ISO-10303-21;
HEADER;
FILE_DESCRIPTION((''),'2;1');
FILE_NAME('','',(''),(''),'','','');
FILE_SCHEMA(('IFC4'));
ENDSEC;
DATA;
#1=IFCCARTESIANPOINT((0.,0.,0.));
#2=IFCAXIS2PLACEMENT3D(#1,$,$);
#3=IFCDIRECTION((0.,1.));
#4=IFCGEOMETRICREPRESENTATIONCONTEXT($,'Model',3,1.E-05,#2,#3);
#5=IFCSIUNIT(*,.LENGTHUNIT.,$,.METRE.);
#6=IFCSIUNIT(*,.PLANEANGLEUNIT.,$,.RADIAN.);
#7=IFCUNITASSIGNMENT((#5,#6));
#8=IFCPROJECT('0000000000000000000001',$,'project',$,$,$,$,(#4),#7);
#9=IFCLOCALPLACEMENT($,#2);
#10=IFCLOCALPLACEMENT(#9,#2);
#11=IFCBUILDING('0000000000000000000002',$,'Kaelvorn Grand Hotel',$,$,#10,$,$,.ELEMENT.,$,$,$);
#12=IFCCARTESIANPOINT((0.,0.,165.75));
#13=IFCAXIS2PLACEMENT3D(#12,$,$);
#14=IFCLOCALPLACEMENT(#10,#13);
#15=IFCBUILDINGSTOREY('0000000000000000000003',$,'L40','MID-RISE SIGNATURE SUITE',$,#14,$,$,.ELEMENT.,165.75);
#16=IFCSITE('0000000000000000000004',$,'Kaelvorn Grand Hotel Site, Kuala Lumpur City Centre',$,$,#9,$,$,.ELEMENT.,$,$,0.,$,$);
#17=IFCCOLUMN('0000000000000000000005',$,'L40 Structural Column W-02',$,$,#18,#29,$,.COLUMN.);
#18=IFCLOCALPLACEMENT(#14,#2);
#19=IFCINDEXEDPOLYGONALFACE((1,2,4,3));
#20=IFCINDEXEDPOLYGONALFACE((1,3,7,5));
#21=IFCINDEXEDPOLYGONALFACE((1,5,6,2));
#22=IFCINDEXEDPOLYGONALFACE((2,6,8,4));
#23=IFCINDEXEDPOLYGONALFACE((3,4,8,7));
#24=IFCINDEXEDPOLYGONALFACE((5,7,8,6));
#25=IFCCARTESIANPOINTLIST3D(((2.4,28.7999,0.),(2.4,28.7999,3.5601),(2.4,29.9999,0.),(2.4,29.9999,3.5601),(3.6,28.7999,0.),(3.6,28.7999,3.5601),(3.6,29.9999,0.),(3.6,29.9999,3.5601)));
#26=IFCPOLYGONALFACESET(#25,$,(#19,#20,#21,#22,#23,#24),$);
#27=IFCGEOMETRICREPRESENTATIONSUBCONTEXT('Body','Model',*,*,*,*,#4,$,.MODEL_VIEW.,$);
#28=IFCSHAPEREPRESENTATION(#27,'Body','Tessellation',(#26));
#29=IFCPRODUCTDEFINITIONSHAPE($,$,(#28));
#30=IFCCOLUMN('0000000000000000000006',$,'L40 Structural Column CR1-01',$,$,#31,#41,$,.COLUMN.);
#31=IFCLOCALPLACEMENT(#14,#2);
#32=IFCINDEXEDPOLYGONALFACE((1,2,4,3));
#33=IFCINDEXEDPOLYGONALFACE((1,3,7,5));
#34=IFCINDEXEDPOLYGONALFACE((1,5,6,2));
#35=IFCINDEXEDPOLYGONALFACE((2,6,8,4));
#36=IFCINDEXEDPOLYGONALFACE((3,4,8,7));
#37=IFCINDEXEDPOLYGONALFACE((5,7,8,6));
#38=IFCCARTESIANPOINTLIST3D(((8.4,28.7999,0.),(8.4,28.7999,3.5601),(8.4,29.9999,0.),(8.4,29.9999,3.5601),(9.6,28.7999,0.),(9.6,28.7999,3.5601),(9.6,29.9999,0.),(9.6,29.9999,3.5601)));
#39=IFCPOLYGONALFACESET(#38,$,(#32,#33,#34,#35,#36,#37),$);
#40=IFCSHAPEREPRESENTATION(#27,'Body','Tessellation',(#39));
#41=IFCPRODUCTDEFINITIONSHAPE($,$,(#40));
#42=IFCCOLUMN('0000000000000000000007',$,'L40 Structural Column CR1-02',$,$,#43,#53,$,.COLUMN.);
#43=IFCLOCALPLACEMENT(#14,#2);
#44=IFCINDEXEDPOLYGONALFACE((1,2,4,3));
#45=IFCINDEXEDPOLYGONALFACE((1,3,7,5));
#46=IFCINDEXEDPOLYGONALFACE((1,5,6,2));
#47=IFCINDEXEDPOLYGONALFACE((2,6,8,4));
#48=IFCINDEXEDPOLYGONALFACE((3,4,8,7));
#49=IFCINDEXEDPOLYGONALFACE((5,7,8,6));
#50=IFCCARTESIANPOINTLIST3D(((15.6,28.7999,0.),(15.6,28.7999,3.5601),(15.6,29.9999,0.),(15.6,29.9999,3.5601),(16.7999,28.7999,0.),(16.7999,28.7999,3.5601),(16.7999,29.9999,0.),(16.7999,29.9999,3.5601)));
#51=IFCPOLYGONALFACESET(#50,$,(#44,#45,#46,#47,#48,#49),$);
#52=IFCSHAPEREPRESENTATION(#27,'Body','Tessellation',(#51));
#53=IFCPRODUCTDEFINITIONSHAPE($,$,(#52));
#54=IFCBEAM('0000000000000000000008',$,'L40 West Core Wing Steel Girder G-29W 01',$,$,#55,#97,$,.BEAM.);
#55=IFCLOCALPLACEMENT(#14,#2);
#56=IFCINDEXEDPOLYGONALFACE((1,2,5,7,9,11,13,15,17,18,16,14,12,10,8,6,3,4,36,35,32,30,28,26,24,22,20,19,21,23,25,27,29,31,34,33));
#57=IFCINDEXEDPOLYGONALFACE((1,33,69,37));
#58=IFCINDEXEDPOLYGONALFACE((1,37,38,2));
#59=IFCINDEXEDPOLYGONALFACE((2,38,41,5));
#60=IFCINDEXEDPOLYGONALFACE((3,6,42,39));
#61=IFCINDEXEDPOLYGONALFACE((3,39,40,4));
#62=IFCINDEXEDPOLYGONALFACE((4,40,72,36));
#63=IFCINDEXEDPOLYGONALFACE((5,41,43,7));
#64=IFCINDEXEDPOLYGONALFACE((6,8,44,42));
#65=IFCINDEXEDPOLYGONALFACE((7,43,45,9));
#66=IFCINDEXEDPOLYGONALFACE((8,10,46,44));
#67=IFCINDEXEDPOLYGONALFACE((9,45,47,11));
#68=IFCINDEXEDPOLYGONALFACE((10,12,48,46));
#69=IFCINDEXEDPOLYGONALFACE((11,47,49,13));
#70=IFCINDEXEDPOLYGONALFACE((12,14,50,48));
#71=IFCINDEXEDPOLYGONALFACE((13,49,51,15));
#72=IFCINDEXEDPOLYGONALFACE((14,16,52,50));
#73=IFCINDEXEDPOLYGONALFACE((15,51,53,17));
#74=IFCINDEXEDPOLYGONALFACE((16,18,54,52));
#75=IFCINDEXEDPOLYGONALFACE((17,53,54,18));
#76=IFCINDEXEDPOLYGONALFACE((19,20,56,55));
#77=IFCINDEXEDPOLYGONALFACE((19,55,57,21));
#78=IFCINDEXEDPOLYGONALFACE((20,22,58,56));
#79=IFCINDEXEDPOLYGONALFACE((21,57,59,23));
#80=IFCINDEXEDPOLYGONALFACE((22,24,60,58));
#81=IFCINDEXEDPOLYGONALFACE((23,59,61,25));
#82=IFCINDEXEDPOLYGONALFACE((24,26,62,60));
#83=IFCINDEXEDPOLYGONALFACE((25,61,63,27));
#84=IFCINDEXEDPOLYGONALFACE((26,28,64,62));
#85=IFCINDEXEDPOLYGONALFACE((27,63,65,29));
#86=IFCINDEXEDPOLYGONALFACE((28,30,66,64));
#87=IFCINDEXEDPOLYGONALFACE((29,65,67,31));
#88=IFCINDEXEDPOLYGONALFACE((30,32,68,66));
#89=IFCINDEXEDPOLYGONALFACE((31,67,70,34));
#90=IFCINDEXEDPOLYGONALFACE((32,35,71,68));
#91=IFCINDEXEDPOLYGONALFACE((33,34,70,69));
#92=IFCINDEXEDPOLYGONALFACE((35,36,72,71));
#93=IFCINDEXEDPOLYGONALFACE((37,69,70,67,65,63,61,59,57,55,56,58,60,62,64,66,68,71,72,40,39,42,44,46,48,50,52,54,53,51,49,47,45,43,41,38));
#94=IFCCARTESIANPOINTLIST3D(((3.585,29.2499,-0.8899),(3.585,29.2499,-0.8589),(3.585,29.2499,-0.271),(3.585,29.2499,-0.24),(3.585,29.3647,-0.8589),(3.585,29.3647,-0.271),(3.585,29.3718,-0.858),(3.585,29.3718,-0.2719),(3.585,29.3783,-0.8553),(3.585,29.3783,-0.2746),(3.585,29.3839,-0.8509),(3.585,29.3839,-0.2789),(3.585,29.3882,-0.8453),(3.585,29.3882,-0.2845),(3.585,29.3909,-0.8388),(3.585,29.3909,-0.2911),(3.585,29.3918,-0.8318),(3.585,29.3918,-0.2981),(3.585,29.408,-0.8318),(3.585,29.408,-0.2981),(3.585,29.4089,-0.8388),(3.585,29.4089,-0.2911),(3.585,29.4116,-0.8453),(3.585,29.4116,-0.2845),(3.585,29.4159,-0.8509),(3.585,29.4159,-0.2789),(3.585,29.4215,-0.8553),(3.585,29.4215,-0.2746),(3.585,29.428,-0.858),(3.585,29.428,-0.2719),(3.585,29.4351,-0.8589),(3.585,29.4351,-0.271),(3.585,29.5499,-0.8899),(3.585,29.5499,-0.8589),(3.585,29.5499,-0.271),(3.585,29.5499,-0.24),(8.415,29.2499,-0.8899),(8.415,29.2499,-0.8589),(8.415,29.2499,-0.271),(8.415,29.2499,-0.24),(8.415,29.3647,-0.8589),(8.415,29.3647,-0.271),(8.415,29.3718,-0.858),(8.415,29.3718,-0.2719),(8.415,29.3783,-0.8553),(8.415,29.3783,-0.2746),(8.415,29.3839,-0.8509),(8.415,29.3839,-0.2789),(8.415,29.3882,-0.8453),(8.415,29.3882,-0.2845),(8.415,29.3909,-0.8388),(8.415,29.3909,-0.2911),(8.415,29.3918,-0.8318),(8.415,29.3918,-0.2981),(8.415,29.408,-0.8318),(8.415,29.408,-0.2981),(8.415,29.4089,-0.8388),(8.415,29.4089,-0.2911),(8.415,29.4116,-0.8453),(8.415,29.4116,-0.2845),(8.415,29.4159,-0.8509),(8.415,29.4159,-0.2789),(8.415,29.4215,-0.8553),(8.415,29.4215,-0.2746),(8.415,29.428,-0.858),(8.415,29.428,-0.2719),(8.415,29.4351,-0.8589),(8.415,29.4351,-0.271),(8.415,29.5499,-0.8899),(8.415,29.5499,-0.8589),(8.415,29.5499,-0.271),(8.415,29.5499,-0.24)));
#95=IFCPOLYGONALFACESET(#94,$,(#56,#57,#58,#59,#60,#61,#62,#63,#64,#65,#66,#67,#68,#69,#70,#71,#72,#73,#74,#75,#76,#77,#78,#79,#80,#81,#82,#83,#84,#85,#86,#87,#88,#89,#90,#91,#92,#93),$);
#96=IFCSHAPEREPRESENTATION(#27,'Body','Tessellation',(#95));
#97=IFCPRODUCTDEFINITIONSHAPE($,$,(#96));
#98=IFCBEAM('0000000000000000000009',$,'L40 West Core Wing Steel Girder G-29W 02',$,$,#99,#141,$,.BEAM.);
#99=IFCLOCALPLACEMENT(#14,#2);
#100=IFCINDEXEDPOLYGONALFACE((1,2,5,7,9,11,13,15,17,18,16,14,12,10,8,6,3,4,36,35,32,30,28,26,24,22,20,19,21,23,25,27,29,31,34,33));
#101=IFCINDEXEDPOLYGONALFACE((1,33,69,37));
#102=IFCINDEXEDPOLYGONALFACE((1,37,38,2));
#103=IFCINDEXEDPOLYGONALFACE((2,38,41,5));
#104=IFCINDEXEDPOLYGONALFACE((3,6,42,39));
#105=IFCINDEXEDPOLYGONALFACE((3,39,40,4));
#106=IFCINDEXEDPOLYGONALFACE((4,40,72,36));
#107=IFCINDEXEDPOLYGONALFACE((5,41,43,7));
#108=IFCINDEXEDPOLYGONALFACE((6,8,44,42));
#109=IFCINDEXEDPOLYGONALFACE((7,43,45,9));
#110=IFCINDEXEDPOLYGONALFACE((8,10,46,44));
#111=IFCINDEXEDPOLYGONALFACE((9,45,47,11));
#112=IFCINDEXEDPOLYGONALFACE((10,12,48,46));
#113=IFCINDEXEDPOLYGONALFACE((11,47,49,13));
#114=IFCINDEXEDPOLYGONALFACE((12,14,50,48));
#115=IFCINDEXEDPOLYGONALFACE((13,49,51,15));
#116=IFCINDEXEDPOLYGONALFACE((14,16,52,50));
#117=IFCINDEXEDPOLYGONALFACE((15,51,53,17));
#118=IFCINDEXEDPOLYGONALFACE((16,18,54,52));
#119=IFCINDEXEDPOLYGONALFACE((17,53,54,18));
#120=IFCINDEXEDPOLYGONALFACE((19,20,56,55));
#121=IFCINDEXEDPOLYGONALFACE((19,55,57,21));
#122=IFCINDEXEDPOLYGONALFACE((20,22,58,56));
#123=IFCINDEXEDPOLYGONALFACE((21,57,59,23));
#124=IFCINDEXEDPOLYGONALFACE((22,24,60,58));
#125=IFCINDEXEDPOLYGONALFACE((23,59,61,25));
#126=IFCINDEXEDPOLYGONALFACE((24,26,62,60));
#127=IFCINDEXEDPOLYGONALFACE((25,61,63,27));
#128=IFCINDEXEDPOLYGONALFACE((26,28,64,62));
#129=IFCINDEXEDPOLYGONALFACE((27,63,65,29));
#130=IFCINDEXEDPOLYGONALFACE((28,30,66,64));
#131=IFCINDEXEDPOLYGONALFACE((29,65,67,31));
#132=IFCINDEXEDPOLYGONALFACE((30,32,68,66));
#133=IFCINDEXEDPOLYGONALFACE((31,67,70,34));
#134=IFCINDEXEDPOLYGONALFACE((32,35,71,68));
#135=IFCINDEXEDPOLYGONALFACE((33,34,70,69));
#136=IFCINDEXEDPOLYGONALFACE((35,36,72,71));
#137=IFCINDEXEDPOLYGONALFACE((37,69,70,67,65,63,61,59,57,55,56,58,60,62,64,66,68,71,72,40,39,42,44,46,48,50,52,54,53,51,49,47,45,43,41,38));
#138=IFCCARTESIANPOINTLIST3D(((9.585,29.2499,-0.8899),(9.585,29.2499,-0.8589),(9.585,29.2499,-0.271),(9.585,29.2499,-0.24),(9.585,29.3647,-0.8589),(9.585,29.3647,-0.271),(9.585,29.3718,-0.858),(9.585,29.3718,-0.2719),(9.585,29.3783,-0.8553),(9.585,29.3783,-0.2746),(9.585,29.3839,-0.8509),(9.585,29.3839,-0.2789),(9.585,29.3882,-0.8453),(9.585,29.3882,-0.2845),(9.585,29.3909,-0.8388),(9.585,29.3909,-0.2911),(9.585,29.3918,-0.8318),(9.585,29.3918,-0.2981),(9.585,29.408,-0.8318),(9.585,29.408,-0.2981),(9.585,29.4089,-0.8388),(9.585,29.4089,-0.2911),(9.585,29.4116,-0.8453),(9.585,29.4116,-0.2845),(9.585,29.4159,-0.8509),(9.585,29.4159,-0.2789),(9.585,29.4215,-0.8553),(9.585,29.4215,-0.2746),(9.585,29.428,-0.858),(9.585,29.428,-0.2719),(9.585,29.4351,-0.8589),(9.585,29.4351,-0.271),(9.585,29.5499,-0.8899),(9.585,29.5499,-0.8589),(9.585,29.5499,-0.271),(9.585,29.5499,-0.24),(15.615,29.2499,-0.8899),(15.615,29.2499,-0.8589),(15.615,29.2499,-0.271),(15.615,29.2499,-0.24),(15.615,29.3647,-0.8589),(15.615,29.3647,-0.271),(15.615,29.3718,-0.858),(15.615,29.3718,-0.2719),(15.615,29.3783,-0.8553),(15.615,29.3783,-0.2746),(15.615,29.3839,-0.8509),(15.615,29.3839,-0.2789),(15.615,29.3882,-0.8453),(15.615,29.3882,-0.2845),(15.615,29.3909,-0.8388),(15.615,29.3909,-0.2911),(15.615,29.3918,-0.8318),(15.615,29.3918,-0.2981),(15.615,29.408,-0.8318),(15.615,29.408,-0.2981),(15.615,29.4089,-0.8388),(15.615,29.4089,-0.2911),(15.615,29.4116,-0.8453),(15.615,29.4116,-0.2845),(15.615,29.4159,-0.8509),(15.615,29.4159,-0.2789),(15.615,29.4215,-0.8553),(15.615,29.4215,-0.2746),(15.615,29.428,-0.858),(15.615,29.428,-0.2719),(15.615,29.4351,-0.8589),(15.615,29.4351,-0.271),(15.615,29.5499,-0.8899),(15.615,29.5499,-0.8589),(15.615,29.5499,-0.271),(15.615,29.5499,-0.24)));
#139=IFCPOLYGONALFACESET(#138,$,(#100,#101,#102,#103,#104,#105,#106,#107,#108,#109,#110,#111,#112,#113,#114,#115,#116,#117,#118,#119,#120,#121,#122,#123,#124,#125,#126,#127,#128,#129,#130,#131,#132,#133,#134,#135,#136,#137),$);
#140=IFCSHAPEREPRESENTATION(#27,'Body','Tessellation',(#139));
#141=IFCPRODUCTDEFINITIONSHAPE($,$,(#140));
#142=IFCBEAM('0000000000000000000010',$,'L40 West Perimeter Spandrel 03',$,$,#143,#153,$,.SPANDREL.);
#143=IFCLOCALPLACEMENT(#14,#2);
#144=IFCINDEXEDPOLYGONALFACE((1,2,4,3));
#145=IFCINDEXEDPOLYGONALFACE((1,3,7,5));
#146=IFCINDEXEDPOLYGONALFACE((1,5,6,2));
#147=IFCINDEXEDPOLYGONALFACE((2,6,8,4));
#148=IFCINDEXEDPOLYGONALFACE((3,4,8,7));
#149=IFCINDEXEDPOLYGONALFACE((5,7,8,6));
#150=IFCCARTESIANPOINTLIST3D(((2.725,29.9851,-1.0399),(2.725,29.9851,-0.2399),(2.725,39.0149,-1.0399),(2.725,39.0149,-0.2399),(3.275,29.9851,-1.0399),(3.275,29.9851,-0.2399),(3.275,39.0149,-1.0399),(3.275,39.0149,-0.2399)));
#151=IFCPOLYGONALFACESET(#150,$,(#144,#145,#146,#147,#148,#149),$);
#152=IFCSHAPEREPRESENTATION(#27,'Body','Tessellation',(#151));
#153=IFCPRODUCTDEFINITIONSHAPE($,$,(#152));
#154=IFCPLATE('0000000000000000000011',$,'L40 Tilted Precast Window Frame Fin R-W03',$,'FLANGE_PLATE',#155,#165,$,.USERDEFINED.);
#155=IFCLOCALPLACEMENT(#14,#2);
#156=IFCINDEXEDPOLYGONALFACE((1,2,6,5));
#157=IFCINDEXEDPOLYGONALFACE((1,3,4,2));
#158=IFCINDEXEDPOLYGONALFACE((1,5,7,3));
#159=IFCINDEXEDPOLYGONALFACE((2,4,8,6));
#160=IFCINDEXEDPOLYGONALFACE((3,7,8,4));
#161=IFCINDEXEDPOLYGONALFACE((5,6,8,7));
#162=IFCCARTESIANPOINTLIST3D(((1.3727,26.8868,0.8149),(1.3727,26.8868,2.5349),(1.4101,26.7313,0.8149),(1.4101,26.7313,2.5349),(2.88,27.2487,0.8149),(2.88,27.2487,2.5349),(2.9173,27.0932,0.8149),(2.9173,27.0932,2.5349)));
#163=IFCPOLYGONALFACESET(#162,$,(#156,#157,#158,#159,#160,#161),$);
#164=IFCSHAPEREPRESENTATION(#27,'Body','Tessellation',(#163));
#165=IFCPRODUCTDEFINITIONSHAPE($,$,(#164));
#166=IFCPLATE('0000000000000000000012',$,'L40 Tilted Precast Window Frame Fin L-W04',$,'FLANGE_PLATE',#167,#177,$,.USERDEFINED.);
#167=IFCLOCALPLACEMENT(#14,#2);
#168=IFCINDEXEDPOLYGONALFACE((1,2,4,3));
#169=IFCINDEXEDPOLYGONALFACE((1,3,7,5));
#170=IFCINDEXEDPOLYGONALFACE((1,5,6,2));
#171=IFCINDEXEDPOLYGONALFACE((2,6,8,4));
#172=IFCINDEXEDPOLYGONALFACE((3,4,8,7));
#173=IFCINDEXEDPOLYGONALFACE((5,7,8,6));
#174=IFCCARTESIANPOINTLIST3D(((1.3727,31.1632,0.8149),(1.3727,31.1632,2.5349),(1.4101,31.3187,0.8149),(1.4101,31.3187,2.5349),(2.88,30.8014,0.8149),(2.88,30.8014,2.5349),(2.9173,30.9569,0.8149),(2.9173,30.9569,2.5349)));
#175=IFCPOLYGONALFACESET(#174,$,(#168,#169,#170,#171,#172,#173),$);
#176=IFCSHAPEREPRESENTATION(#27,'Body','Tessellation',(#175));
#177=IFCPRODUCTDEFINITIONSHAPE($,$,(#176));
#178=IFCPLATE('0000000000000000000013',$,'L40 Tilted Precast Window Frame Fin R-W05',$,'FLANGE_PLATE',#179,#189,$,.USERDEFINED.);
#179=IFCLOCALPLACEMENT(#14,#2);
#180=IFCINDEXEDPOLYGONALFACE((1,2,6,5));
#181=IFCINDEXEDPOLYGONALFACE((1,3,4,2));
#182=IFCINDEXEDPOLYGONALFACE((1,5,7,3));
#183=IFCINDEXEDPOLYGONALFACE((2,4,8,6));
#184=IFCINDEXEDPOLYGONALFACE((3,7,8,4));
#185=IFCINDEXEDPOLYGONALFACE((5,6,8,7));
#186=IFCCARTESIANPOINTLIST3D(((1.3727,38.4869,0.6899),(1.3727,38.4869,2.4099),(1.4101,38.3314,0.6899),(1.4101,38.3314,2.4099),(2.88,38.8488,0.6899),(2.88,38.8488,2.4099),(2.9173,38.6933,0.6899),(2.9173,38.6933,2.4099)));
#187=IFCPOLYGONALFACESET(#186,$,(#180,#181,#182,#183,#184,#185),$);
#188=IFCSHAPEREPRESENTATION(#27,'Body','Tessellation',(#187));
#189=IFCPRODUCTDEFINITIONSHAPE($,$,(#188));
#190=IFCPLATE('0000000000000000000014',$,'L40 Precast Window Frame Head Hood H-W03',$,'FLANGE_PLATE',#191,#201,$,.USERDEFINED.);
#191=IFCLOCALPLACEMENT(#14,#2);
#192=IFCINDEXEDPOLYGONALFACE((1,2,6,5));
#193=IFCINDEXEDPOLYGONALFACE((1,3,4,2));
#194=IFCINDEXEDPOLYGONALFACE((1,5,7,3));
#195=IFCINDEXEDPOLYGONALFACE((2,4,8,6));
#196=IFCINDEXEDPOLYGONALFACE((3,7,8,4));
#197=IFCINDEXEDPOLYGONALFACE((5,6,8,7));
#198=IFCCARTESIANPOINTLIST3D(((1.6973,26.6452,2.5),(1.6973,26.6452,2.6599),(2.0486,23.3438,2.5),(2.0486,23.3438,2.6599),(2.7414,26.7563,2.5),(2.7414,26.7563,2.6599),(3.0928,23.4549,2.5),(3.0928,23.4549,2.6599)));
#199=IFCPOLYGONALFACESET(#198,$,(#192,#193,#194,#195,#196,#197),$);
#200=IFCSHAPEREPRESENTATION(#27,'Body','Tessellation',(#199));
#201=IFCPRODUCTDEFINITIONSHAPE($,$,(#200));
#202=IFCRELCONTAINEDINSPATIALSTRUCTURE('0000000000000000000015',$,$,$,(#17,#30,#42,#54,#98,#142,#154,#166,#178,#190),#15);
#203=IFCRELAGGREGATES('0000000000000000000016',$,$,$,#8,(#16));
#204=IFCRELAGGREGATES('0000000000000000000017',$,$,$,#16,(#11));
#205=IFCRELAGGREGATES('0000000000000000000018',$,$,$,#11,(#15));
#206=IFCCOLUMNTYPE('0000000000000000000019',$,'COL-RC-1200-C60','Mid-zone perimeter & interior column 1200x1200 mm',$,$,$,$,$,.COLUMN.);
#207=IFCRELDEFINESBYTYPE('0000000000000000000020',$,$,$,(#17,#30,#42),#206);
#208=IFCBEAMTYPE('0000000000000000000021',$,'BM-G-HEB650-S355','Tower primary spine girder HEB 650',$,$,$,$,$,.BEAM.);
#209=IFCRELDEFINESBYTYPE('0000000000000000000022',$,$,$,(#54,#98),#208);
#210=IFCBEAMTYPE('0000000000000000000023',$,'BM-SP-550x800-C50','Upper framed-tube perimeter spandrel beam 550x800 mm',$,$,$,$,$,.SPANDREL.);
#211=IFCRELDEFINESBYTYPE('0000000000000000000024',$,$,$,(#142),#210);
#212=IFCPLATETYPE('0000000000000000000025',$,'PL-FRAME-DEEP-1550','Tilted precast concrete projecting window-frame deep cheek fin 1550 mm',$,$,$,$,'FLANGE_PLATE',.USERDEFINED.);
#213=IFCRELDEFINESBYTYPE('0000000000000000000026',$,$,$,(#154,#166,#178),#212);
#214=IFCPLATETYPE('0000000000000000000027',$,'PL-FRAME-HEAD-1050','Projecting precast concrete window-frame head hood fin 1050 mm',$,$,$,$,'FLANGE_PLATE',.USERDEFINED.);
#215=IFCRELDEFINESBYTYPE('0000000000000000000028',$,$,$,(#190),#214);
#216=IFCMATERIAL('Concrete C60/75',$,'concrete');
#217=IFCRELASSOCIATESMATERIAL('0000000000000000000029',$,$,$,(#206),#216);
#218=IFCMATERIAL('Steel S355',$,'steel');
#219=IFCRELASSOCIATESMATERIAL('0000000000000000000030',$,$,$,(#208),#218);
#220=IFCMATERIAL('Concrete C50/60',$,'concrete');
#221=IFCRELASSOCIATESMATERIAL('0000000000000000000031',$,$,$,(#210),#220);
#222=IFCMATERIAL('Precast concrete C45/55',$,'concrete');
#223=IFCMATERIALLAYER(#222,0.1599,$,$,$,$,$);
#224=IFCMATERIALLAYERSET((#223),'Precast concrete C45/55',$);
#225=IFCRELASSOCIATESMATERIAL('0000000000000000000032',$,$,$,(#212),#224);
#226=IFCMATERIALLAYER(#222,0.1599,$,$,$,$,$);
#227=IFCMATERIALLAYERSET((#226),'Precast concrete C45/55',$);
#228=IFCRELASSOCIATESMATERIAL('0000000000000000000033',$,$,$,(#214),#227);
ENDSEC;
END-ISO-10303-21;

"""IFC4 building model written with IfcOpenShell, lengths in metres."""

from ifc_helpers import new_model, si_unit, direction, frame, origin, origin_2d, place, context, subcontext, project, spatial, rectangle, i_section, extrude, material, layer, layer_set, material_profile, profile_set, type_object, element, save


model = new_model("IFC4")

# Units and contexts
model_context = context("Model", 3, precision=1e-05, world=origin(), true_north=direction((0.0, 1.0)))
body_context = subcontext(model_context, "Body", "Model", "MODEL_VIEW")
ifc_project = project(units=[si_unit("LENGTHUNIT", "METRE"), si_unit("PLANEANGLEUNIT", "RADIAN")], contexts=[model_context])

# Site, building, storey
site_placement = place(None, origin())
site = spatial("IfcSite", under=ifc_project, at=site_placement, Name="Kaelvorn Grand Hotel Site, Kuala Lumpur City Centre", CompositionType="ELEMENT", RefElevation=0.0)
building_placement = place(site_placement, origin())
building = spatial("IfcBuilding", under=site, at=building_placement, Name="Kaelvorn Grand Hotel", CompositionType="ELEMENT")
storey_placement = place(building_placement, frame((0.0, 0.0, 165.75)))
storey = spatial("IfcBuildingStorey", under=building, at=storey_placement, Name="L40", Description="MID-RISE SIGNATURE SUITE", CompositionType="ELEMENT", Elevation=165.75)

# Columns
ifc_material_1 = material(Name="Concrete C60/75", Category="concrete")
ifc_material_profile_1 = material_profile(ifc_material_1, rectangle(XDim=1.2, YDim=1.2, at=origin_2d()), Name="RC COL 1200x1200")
ifc_profile_set_1 = profile_set([ifc_material_profile_1], Name="Concrete C60/75")
column_type = type_object("IfcColumnType", Name="COL-RC-1200-C60", Description="Mid-zone perimeter & interior column 1200x1200 mm", PredefinedType="COLUMN", material=ifc_profile_set_1)
for number, where, z_axis, x_axis, name in (
    (1, (3.0, 29.3999, 0.0), (0.0, 0.0, 1.0), (1.0, 0.0, 0.0), "L40 Structural Column W-02"),
    (2, (9.0, 29.3999, 0.0), (0.0, 0.0, 1.0), (1.0, 0.0, 0.0), "L40 Structural Column CR1-01"),
    (3, (16.2, 29.3999, 0.0), (0.0, 0.0, 1.0), (1.0, 0.0, 0.0), "L40 Structural Column CR1-02"),
):
    element("IfcColumn", number, at=place(storey_placement, frame(where, z_axis=z_axis, x_axis=x_axis)), inside=storey, type_object=column_type, Name=name, PredefinedType="COLUMN", context=body_context, shape_type="SweptSolid", body=[
        extrude(rectangle(XDim=1.2, YDim=1.2, at=origin_2d()), origin(), (0.0, 0.0, 1.0), 3.5601),
    ])

# Beams
ifc_material_2 = material(Name="Steel S355", Category="steel")
ifc_material_profile_2 = material_profile(ifc_material_2, i_section(OverallWidth=0.3, OverallDepth=0.6499, WebThickness=0.0161, FlangeThickness=0.031, FilletRadius=0.0271, at=origin_2d()), Name="HEB 650")
ifc_profile_set_2 = profile_set([ifc_material_profile_2], Name="Steel S355")
beam_type_1 = type_object("IfcBeamType", Name="BM-G-HEB650-S355", Description="Tower primary spine girder HEB 650", PredefinedType="BEAM", material=ifc_profile_set_2)
beam_1_placement = place(storey_placement, frame((3.585, 29.3999, -0.5649), z_axis=(1.0, 0.0, 0.0), x_axis=(0.0, 1.0, 0.0)))
element("IfcBeam", 4, at=beam_1_placement, inside=storey, type_object=beam_type_1, Name="L40 West Core Wing Steel Girder G-29W 01", PredefinedType="BEAM", context=body_context, shape_type="SweptSolid", body=[
    extrude(i_section(OverallWidth=0.3, OverallDepth=0.6499, WebThickness=0.0161, FlangeThickness=0.031, FilletRadius=0.0271, at=origin_2d()), origin(), (0.0, 0.0, 1.0), 4.8301),
])
beam_2_placement = place(storey_placement, frame((9.585, 29.3999, -0.5649), z_axis=(1.0, 0.0, 0.0), x_axis=(0.0, 1.0, 0.0)))
element("IfcBeam", 5, at=beam_2_placement, inside=storey, type_object=beam_type_1, Name="L40 West Core Wing Steel Girder G-29W 02", PredefinedType="BEAM", context=body_context, shape_type="SweptSolid", body=[
    extrude(i_section(OverallWidth=0.3, OverallDepth=0.6499, WebThickness=0.0161, FlangeThickness=0.031, FilletRadius=0.0271, at=origin_2d()), origin(), (0.0, 0.0, 1.0), 6.03),
])
ifc_material_3 = material(Name="Concrete C50/60", Category="concrete")
ifc_material_profile_3 = material_profile(ifc_material_3, rectangle(XDim=0.55, YDim=0.8, at=origin_2d()), Name="RC SPANDREL 550x800")
ifc_profile_set_3 = profile_set([ifc_material_profile_3], Name="Concrete C50/60")
beam_type_2 = type_object("IfcBeamType", Name="BM-SP-550x800-C50", Description="Upper framed-tube perimeter spandrel beam 550x800 mm", PredefinedType="SPANDREL", material=ifc_profile_set_3)
beam_3_placement = place(storey_placement, frame((3.0, 29.9851, -0.6399), z_axis=(0.0, 1.0, 0.0), x_axis=(-1.0, 0.0, 0.0)))
element("IfcBeam", 6, at=beam_3_placement, inside=storey, type_object=beam_type_2, Name="L40 West Perimeter Spandrel 03", PredefinedType="SPANDREL", context=body_context, shape_type="SweptSolid", body=[
    extrude(rectangle(XDim=0.55, YDim=0.8, at=origin_2d()), origin(), (0.0, 0.0, 1.0), 9.0298),
])

# Plates
ifc_material_4 = material(Name="Precast concrete C45/55", Category="concrete")
ifc_layer_1 = layer(ifc_material_4, 0.1599)
ifc_layer_set_1 = layer_set([ifc_layer_1], Name="Precast concrete C45/55")
plate_type_1 = type_object("IfcPlateType", Name="PL-FRAME-DEEP-1550", Description="Tilted precast concrete projecting window-frame deep cheek fin 1550 mm", ElementType="FLANGE_PLATE", PredefinedType="USERDEFINED", material=ifc_layer_set_1)
for number, where, z_axis, x_axis, name in (
    (7, (2.145, 26.99, 0.8149), (0.0, 0.0, 1.0), (-0.233445, 0.97237, 0.0), "L40 Tilted Precast Window Frame Fin R-W03"),
    (8, (2.145, 31.0601, 0.8149), (0.0, 0.0, 1.0), (0.233445, 0.97237, 0.0), "L40 Tilted Precast Window Frame Fin L-W04"),
    (9, (2.145, 38.5901, 0.6899), (0.0, 0.0, 1.0), (-0.233445, 0.97237, 0.0), "L40 Tilted Precast Window Frame Fin R-W05"),
):
    element("IfcPlate", number, at=place(storey_placement, frame(where, z_axis=z_axis, x_axis=x_axis)), inside=storey, type_object=plate_type_1, Name=name, ObjectType="FLANGE_PLATE", PredefinedType="USERDEFINED", context=body_context, shape_type="SweptSolid", body=[
        extrude(rectangle(XDim=0.1599, YDim=1.55, at=origin_2d()), origin(), (0.0, 0.0, 1.0), 1.72),
    ])
ifc_layer_2 = layer(ifc_material_4, 0.1599)
ifc_layer_set_2 = layer_set([ifc_layer_2], Name="Precast concrete C45/55")
plate_type_2 = type_object("IfcPlateType", Name="PL-FRAME-HEAD-1050", Description="Projecting precast concrete window-frame head hood fin 1050 mm", ElementType="FLANGE_PLATE", PredefinedType="USERDEFINED", material=ifc_layer_set_2)
for number, where, z_axis, x_axis, name in (
    (10, (2.395, 25.05, 2.5), (0.0, 0.0, 1.0), (-0.10583, 0.994384, 0.0), "L40 Precast Window Frame Head Hood H-W03"),
):
    element("IfcPlate", number, at=place(storey_placement, frame(where, z_axis=z_axis, x_axis=x_axis)), inside=storey, type_object=plate_type_2, Name=name, ObjectType="FLANGE_PLATE", PredefinedType="USERDEFINED", context=body_context, shape_type="SweptSolid", body=[
        extrude(rectangle(XDim=3.3201, YDim=1.05, at=origin_2d()), origin(), (0.0, 0.0, 1.0), 0.1599),
    ])

save(model, "model.ifc")
